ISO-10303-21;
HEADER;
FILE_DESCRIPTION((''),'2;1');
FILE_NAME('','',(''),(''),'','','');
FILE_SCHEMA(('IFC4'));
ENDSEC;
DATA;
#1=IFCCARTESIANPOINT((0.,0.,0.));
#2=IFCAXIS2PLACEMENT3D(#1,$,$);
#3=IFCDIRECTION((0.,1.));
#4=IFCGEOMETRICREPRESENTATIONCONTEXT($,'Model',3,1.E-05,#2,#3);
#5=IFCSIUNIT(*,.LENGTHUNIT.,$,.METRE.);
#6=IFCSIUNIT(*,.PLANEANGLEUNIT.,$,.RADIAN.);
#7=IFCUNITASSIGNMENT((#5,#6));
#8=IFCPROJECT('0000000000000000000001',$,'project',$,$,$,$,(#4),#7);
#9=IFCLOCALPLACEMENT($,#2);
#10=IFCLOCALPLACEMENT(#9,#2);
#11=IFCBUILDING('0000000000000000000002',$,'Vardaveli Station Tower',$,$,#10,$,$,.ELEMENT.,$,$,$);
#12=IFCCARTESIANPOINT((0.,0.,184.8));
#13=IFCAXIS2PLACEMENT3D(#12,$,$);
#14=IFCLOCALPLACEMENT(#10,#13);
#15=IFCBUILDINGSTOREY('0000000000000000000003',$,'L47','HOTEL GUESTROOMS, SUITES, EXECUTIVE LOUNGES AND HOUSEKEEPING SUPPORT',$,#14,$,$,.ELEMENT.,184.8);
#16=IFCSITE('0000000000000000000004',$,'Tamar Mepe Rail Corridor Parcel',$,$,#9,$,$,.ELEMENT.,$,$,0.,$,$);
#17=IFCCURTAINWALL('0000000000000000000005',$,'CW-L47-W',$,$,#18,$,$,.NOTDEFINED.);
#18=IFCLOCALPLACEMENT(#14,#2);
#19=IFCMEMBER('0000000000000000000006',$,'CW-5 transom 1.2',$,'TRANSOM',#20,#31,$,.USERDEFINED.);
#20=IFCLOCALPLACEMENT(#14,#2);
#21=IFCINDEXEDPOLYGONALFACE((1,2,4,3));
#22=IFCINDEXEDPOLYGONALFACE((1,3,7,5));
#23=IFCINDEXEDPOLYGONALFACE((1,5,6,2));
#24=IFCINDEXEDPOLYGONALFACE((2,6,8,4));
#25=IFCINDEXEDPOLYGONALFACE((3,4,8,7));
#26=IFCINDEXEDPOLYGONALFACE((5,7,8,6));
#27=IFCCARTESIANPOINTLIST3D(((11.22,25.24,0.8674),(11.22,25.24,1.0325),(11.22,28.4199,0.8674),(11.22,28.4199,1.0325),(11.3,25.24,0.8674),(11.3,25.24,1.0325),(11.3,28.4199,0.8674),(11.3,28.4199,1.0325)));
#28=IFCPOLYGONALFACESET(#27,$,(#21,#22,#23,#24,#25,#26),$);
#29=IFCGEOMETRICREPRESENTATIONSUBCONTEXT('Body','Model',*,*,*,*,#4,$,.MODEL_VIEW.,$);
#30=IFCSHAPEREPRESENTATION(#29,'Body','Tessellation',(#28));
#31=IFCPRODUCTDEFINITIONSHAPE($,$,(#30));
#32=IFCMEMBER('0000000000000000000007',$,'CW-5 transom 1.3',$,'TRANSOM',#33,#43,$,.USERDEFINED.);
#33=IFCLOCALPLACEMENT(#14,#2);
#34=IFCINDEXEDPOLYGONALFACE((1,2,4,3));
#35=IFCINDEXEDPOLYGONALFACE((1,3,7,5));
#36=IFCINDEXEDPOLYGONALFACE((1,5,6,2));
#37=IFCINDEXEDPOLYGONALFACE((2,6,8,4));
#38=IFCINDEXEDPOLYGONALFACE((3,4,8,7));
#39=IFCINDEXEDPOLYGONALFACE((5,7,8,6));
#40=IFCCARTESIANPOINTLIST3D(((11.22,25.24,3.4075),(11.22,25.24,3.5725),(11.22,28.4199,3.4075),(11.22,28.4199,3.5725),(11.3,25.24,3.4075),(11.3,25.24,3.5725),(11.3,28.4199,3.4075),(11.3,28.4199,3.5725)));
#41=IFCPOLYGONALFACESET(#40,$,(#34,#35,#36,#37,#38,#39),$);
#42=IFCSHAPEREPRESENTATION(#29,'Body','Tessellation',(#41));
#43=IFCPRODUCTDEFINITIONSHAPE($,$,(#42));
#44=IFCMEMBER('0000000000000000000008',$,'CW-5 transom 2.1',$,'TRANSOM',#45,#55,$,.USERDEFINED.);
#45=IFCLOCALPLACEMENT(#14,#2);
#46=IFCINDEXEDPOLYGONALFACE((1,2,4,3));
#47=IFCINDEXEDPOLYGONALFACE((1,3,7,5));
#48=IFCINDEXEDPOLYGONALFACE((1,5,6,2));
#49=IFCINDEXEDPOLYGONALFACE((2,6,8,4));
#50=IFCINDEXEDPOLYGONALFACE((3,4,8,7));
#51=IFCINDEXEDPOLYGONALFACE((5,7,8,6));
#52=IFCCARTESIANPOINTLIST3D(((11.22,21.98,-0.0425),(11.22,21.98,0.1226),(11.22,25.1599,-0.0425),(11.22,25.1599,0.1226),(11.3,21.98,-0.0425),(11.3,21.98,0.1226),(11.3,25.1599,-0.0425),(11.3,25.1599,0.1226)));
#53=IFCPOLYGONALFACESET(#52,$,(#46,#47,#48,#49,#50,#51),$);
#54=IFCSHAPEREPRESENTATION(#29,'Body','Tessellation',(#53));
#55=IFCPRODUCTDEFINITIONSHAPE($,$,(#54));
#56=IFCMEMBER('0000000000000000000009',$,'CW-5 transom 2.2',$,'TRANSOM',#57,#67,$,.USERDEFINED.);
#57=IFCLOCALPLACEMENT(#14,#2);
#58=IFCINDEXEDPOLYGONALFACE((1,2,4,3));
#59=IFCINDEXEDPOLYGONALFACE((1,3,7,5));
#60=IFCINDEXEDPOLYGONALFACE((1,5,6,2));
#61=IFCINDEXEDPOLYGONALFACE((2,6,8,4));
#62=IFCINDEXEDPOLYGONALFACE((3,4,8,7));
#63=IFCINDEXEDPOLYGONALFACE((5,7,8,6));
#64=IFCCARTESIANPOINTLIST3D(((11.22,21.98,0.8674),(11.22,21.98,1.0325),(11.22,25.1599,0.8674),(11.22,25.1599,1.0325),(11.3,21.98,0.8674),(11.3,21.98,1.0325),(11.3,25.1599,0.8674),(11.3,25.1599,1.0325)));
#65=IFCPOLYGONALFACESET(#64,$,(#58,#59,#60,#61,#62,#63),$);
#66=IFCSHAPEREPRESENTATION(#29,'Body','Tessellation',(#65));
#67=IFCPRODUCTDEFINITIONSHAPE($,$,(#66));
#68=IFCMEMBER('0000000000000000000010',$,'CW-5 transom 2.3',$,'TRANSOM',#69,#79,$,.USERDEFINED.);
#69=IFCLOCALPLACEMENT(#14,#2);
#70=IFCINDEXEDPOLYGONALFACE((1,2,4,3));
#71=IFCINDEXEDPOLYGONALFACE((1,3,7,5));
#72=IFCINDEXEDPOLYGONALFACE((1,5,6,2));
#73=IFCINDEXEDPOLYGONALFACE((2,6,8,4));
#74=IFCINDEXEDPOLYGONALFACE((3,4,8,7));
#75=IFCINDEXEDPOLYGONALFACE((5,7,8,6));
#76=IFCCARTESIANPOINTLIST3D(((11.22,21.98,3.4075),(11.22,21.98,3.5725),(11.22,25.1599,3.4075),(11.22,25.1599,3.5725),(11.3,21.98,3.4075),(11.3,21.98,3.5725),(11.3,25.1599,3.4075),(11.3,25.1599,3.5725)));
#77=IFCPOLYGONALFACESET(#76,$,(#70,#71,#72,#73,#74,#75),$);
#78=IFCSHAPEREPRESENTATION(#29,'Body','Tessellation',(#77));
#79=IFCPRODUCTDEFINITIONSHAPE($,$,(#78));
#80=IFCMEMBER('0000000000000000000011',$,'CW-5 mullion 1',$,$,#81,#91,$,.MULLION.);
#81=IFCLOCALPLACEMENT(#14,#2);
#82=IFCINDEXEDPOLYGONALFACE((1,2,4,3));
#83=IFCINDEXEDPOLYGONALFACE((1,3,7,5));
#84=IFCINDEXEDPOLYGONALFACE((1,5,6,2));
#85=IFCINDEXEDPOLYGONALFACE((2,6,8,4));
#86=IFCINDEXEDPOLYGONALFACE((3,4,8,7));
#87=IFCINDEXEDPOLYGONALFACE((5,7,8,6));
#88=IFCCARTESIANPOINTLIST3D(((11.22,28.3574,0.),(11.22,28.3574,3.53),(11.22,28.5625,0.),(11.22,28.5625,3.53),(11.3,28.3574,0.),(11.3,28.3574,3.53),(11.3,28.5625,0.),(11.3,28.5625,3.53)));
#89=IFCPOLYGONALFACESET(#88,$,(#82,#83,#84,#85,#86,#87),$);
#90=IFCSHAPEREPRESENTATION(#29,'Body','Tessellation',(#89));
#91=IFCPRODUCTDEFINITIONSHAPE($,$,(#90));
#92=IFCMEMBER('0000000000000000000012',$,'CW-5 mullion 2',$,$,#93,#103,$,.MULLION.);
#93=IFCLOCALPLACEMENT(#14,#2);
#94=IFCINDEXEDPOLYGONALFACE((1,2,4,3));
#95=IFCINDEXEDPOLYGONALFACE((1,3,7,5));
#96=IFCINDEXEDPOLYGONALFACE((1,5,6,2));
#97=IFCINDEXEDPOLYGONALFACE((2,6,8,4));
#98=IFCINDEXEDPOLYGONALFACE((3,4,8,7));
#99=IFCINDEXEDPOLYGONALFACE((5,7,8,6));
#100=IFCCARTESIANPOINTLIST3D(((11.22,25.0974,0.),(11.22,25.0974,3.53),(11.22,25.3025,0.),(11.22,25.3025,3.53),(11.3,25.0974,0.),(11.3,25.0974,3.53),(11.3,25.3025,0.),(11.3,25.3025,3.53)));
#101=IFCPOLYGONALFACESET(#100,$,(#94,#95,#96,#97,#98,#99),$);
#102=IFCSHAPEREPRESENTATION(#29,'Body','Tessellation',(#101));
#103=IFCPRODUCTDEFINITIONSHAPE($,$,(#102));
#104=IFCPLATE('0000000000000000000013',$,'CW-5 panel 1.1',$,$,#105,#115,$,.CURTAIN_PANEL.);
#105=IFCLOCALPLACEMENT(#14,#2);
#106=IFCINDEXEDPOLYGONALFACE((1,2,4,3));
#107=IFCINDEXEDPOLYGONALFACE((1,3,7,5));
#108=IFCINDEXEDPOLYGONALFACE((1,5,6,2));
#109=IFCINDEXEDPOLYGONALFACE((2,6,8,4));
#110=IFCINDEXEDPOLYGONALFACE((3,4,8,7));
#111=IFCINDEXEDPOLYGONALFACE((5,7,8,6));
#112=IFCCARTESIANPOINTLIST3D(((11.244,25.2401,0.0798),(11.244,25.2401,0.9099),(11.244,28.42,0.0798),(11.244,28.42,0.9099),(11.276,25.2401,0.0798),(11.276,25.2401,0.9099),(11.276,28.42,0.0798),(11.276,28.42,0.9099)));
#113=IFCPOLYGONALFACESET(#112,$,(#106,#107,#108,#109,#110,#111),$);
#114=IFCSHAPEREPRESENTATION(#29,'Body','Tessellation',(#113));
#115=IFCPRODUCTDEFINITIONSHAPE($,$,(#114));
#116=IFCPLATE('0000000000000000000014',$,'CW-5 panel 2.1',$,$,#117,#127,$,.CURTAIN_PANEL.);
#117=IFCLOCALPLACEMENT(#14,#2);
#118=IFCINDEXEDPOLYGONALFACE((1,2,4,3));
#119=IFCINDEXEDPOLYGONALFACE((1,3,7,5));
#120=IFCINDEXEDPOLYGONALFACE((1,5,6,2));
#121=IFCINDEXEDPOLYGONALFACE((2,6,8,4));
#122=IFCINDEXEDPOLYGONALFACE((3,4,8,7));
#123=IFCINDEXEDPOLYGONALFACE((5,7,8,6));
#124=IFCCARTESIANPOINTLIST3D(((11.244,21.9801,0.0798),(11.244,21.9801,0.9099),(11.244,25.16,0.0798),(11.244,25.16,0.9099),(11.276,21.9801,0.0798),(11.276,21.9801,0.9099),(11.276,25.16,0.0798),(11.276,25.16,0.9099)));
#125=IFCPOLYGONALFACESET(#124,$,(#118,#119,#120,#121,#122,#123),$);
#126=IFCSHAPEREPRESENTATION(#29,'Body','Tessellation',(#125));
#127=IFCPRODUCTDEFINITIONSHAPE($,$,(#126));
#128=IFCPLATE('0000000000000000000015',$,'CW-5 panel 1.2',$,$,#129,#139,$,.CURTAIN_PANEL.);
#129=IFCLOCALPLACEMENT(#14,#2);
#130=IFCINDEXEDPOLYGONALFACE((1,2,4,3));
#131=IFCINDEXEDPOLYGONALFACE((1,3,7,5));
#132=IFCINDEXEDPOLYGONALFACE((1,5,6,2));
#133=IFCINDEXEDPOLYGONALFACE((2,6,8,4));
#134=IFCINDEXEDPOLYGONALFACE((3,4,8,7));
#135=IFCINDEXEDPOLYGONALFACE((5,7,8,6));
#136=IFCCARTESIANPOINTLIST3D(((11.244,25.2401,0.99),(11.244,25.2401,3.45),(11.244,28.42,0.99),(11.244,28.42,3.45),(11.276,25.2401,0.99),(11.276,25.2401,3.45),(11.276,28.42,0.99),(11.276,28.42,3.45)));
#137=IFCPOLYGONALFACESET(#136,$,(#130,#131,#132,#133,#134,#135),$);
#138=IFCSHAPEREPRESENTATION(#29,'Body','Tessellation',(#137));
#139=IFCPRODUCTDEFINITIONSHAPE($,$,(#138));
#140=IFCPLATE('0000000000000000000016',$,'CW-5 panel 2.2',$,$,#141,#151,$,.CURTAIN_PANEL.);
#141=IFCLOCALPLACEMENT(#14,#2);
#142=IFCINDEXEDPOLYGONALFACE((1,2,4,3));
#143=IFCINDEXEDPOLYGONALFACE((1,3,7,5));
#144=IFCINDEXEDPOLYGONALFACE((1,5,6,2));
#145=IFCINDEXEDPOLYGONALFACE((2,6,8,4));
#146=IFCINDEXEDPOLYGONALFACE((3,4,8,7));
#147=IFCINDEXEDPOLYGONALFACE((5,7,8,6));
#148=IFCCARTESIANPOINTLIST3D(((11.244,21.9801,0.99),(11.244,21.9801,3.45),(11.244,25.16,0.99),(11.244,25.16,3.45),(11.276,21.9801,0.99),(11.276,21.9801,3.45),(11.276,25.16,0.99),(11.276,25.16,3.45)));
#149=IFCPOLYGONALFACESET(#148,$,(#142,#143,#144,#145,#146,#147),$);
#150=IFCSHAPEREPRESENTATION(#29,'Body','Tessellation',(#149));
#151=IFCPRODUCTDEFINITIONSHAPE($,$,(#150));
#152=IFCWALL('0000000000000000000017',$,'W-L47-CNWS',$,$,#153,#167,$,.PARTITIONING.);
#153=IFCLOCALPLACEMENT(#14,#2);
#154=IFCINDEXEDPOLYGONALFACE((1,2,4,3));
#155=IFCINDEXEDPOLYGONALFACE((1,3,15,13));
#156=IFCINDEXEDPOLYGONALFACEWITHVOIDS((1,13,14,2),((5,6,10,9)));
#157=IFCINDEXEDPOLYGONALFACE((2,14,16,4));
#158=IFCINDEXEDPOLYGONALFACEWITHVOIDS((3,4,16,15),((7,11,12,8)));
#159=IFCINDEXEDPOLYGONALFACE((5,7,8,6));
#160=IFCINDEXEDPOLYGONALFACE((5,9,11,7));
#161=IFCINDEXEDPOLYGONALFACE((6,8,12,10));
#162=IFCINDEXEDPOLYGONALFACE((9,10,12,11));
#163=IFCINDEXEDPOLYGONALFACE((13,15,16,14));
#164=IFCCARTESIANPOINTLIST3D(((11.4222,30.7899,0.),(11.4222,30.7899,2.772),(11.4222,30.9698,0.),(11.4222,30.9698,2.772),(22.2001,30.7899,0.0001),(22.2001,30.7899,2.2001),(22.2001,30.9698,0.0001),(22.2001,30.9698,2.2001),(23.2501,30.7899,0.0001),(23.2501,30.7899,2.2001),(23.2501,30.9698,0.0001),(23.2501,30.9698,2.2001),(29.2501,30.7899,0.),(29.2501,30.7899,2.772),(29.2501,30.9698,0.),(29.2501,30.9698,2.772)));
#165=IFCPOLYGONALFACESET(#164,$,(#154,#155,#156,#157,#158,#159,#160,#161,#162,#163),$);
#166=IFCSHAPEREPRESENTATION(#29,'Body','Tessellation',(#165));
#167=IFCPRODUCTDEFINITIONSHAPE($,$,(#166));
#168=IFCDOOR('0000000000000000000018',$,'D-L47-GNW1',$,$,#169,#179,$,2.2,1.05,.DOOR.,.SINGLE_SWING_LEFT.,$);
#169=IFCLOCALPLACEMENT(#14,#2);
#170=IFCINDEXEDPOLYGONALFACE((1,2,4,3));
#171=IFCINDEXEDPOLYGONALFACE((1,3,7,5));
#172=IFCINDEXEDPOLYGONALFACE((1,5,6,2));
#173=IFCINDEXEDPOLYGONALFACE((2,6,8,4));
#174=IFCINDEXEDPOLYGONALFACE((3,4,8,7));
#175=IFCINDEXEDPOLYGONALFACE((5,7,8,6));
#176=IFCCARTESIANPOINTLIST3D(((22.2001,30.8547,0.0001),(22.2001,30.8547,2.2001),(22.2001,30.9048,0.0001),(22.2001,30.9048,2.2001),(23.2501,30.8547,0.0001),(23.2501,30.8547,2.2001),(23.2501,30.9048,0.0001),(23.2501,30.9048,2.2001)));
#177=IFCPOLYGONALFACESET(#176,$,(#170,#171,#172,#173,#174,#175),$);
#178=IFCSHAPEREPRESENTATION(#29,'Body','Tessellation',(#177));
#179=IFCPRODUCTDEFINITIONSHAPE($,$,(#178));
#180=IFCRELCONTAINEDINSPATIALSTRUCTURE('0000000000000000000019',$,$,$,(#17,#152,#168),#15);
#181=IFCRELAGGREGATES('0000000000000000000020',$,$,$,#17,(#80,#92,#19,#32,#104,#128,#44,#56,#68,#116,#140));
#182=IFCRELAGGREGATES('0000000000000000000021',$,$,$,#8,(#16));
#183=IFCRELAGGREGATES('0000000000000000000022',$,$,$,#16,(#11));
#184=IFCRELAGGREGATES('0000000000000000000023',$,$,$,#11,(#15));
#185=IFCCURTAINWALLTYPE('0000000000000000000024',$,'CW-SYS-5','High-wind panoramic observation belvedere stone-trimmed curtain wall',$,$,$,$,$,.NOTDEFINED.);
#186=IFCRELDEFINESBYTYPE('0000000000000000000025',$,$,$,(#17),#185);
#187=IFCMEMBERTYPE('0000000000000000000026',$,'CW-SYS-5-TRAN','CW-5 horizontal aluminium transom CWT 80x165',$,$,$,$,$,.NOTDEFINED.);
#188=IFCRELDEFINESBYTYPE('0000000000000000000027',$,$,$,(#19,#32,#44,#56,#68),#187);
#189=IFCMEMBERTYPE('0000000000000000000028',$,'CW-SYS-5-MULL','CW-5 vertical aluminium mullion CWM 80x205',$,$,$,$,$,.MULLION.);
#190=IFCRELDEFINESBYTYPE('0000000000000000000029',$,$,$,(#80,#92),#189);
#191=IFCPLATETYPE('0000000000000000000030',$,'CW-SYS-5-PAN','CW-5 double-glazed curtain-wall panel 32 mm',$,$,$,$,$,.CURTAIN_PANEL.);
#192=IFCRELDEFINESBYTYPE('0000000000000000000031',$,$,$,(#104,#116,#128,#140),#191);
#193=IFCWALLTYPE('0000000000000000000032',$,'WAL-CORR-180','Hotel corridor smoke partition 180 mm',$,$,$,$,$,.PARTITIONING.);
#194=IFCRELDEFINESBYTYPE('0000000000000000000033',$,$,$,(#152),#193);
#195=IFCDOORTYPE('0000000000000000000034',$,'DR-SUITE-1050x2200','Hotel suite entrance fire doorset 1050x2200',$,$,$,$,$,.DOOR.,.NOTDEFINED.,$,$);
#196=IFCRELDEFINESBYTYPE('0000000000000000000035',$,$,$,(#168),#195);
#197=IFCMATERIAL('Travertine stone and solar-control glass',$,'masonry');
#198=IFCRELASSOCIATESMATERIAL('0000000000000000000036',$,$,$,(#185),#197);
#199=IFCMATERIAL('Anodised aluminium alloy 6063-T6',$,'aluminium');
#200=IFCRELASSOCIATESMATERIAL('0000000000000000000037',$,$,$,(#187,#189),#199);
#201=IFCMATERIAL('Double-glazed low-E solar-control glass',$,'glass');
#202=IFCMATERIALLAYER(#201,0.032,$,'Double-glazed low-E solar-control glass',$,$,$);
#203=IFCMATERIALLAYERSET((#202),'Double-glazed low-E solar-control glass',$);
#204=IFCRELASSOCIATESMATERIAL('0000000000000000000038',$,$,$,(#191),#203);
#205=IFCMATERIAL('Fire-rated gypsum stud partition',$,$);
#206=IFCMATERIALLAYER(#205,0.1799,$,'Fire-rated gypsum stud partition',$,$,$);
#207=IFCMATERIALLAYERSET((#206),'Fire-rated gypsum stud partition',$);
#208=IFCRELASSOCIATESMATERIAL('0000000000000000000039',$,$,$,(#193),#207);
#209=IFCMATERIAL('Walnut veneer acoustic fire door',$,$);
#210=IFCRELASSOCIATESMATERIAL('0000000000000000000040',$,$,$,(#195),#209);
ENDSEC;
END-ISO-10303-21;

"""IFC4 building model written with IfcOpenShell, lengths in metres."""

from ifc_helpers import new_model, si_unit, direction, frame, frame_2d, origin, origin_2d, place, context, subcontext, project, spatial, rectangle, extrude, source, transform, mapped, material, layer, layer_set, material_profile, profile_set, type_object, element, fill, aggregate, save


model = new_model("IFC4")

# Units and contexts
model_context = context("Model", 3, precision=1e-05, world=origin(), true_north=direction((0.0, 1.0)))
body_context = subcontext(model_context, "Body", "Model", "MODEL_VIEW")
ifc_project = project(units=[si_unit("LENGTHUNIT", "METRE"), si_unit("PLANEANGLEUNIT", "RADIAN")], contexts=[model_context])

# Site, building, storey
site_placement = place(None, origin())
site = spatial("IfcSite", under=ifc_project, at=site_placement, Name="Tamar Mepe Rail Corridor Parcel", CompositionType="ELEMENT", RefElevation=0.0)
building_placement = place(site_placement, origin())
building = spatial("IfcBuilding", under=site, at=building_placement, Name="Vardaveli Station Tower", CompositionType="ELEMENT")
storey_placement = place(building_placement, frame((0.0, 0.0, 184.8)))
storey = spatial("IfcBuildingStorey", under=building, at=storey_placement, Name="L47", Description="HOTEL GUESTROOMS, SUITES, EXECUTIVE LOUNGES AND HOUSEKEEPING SUPPORT", CompositionType="ELEMENT", Elevation=184.8)

# Curtain wall, members, plates
ifc_material_1 = material(Name="Travertine stone and solar-control glass", Category="masonry")
curtain_wall_type = type_object("IfcCurtainWallType", Name="CW-SYS-5", Description="High-wind panoramic observation belvedere stone-trimmed curtain wall", PredefinedType="NOTDEFINED", material=ifc_material_1)
curtain_wall_placement = place(storey_placement, origin())
curtain_wall = element("IfcCurtainWall", 1, at=curtain_wall_placement, inside=storey, type_object=curtain_wall_type, Name="CW-L47-W", PredefinedType="NOTDEFINED")
ifc_material_2 = material(Name="Anodised aluminium alloy 6063-T6", Category="aluminium")
ifc_material_profile_1 = material_profile(ifc_material_2, rectangle(XDim=0.0801, YDim=0.165, at=origin_2d()), Name="CWT 80x165")
ifc_profile_set_1 = profile_set([ifc_material_profile_1], Name="Anodised aluminium alloy 6063-T6")
member_type_1 = type_object("IfcMemberType", Name="CW-SYS-5-TRAN", Description="CW-5 horizontal aluminium transom CWT 80x165", PredefinedType="NOTDEFINED", material=ifc_profile_set_1)
shared_shape_1 = source(origin(), body_context, "Body", "SweptSolid", [
    extrude(rectangle(XDim=0.0801, YDim=0.165, at=origin_2d()), origin(), (0.0, 0.0, 1.0), 3.1799),
])
member_1_placement = place(storey_placement, frame((11.26, 28.4199, 0.95), z_axis=(0.0, -1.0, 0.0), x_axis=(1.0, 0.0, 0.0)))
member_1 = element("IfcMember", 2, at=member_1_placement, type_object=member_type_1, Name="CW-5 transom 1.2", ObjectType="TRANSOM", PredefinedType="USERDEFINED", context=body_context, shape_type="MappedRepresentation", body=[
    mapped(shared_shape_1, transform((0.0, 0.0, 0.0), scale=1.0)),
])
member_2_placement = place(storey_placement, frame((11.26, 28.4199, 3.49), z_axis=(0.0, -1.0, 0.0), x_axis=(1.0, 0.0, 0.0)))
member_2 = element("IfcMember", 3, at=member_2_placement, type_object=member_type_1, Name="CW-5 transom 1.3", ObjectType="TRANSOM", PredefinedType="USERDEFINED", context=body_context, shape_type="MappedRepresentation", body=[
    mapped(shared_shape_1, transform((0.0, 0.0, 0.0), scale=1.0)),
])
member_3_placement = place(storey_placement, frame((11.26, 25.1599, 0.04), z_axis=(0.0, -1.0, 0.0), x_axis=(1.0, 0.0, 0.0)))
member_3 = element("IfcMember", 4, at=member_3_placement, type_object=member_type_1, Name="CW-5 transom 2.1", ObjectType="TRANSOM", PredefinedType="USERDEFINED", context=body_context, shape_type="MappedRepresentation", body=[
    mapped(shared_shape_1, transform((0.0, 0.0, 0.0), scale=1.0)),
])
member_4_placement = place(storey_placement, frame((11.26, 25.1599, 0.95), z_axis=(0.0, -1.0, 0.0), x_axis=(1.0, 0.0, 0.0)))
member_4 = element("IfcMember", 5, at=member_4_placement, type_object=member_type_1, Name="CW-5 transom 2.2", ObjectType="TRANSOM", PredefinedType="USERDEFINED", context=body_context, shape_type="MappedRepresentation", body=[
    mapped(shared_shape_1, transform((0.0, 0.0, 0.0), scale=1.0)),
])
member_5_placement = place(storey_placement, frame((11.26, 25.1599, 3.49), z_axis=(0.0, -1.0, 0.0), x_axis=(1.0, 0.0, 0.0)))
member_5 = element("IfcMember", 6, at=member_5_placement, type_object=member_type_1, Name="CW-5 transom 2.3", ObjectType="TRANSOM", PredefinedType="USERDEFINED", context=body_context, shape_type="MappedRepresentation", body=[
    mapped(shared_shape_1, transform((0.0, 0.0, 0.0), scale=1.0)),
])
ifc_material_profile_2 = material_profile(ifc_material_2, rectangle(XDim=0.0801, YDim=0.2051, at=origin_2d()), Name="CWM 80x205")
ifc_profile_set_2 = profile_set([ifc_material_profile_2], Name="Anodised aluminium alloy 6063-T6")
member_type_2 = type_object("IfcMemberType", Name="CW-SYS-5-MULL", Description="CW-5 vertical aluminium mullion CWM 80x205", PredefinedType="MULLION", material=ifc_profile_set_2)
shared_shape_2 = source(origin(), body_context, "Body", "SweptSolid", [
    extrude(rectangle(XDim=0.0801, YDim=0.2051, at=origin_2d()), origin(), (0.0, 0.0, 1.0), 3.53),
])
member_6_placement = place(storey_placement, frame((11.26, 28.46, 0.0), z_axis=(0.0, 0.0, 1.0), x_axis=(1.0, 0.0, 0.0)))
member_6 = element("IfcMember", 7, at=member_6_placement, type_object=member_type_2, Name="CW-5 mullion 1", PredefinedType="MULLION", context=body_context, shape_type="MappedRepresentation", body=[
    mapped(shared_shape_2, transform((0.0, 0.0, 0.0), scale=1.0)),
])
member_7_placement = place(storey_placement, frame((11.26, 25.2, 0.0), z_axis=(0.0, 0.0, 1.0), x_axis=(1.0, 0.0, 0.0)))
member_7 = element("IfcMember", 8, at=member_7_placement, type_object=member_type_2, Name="CW-5 mullion 2", PredefinedType="MULLION", context=body_context, shape_type="MappedRepresentation", body=[
    mapped(shared_shape_2, transform((0.0, 0.0, 0.0), scale=1.0)),
])
ifc_material_3 = material(Name="Double-glazed low-E solar-control glass", Category="glass")
ifc_layer_1 = layer(ifc_material_3, 0.032, Name="Double-glazed low-E solar-control glass")
ifc_layer_set_1 = layer_set([ifc_layer_1], Name="Double-glazed low-E solar-control glass")
plate_type = type_object("IfcPlateType", Name="CW-SYS-5-PAN", Description="CW-5 double-glazed curtain-wall panel 32 mm", PredefinedType="CURTAIN_PANEL", material=ifc_layer_set_1)
shared_shape_3 = source(origin(), body_context, "Body", "SweptSolid", [
    extrude(rectangle(XDim=3.1799, YDim=0.032, at=origin_2d()), origin(), (0.0, 0.0, 1.0), 0.8301),
])
plate_1_placement = place(storey_placement, frame((11.26, 26.8301, 0.0798), z_axis=(0.0, 0.0, 1.0), x_axis=(0.0, -1.0, 0.0)))
plate_1 = element("IfcPlate", 9, at=plate_1_placement, type_object=plate_type, Name="CW-5 panel 1.1", PredefinedType="CURTAIN_PANEL", context=body_context, shape_type="MappedRepresentation", body=[
    mapped(shared_shape_3, transform((0.0, 0.0, 0.0), scale=1.0)),
])
plate_2_placement = place(storey_placement, frame((11.26, 23.5701, 0.0798), z_axis=(0.0, 0.0, 1.0), x_axis=(0.0, -1.0, 0.0)))
plate_2 = element("IfcPlate", 10, at=plate_2_placement, type_object=plate_type, Name="CW-5 panel 2.1", PredefinedType="CURTAIN_PANEL", context=body_context, shape_type="MappedRepresentation", body=[
    mapped(shared_shape_3, transform((0.0, 0.0, 0.0), scale=1.0)),
])
shared_shape_4 = source(origin(), body_context, "Body", "SweptSolid", [
    extrude(rectangle(XDim=3.1799, YDim=0.032, at=origin_2d()), origin(), (0.0, 0.0, 1.0), 2.46),
])
plate_3_placement = place(storey_placement, frame((11.26, 26.8301, 0.99), z_axis=(0.0, 0.0, 1.0), x_axis=(0.0, -1.0, 0.0)))
plate_3 = element("IfcPlate", 11, at=plate_3_placement, type_object=plate_type, Name="CW-5 panel 1.2", PredefinedType="CURTAIN_PANEL", context=body_context, shape_type="MappedRepresentation", body=[
    mapped(shared_shape_4, transform((0.0, 0.0, 0.0), scale=1.0)),
])
plate_4_placement = place(storey_placement, frame((11.26, 23.5701, 0.99), z_axis=(0.0, 0.0, 1.0), x_axis=(0.0, -1.0, 0.0)))
plate_4 = element("IfcPlate", 12, at=plate_4_placement, type_object=plate_type, Name="CW-5 panel 2.2", PredefinedType="CURTAIN_PANEL", context=body_context, shape_type="MappedRepresentation", body=[
    mapped(shared_shape_4, transform((0.0, 0.0, 0.0), scale=1.0)),
])
aggregate(curtain_wall, [member_6, member_7, member_1, member_2, plate_1, plate_3, member_3, member_4, member_5, plate_2, plate_4])

# Wall, opening, door
ifc_material_4 = material(Name="Fire-rated gypsum stud partition")
ifc_layer_2 = layer(ifc_material_4, 0.1799, Name="Fire-rated gypsum stud partition")
ifc_layer_set_2 = layer_set([ifc_layer_2], Name="Fire-rated gypsum stud partition")
wall_type_1 = type_object("IfcWallType", Name="WAL-CORR-180", Description="Hotel corridor smoke partition 180 mm", PredefinedType="PARTITIONING", material=ifc_layer_set_2)
shared_shape_5 = source(origin(), body_context, "Body", "SweptSolid", [
    extrude(rectangle(XDim=17.8279, YDim=0.1799, at=frame_2d((8.9141, 0.0))), origin(), (0.0, 0.0, 1.0), 2.772),
])
wall_1_placement = place(storey_placement, frame((11.4221, 30.8799, 0.0), z_axis=(0.0, 0.0, 1.0), x_axis=(1.0, 0.0, 0.0)))
wall_1 = element("IfcWall", 13, at=wall_1_placement, inside=storey, type_object=wall_type_1, Name="W-L47-CNWS", PredefinedType="PARTITIONING", context=body_context, shape_type="MappedRepresentation", body=[
    mapped(shared_shape_5, transform((0.0, 0.0, 0.0), scale=1.0)),
])
shared_shape_6 = source(origin(), body_context, "Body", "SweptSolid", [
    extrude(rectangle(XDim=1.05, YDim=2.2, at=frame_2d((0.5249, 1.1001))), frame((0.0, 0.1001, 0.0), z_axis=(0.0, -1.0, 0.0), x_axis=(1.0, 0.0, 0.0)), (0.0, 0.0, 1.0), 0.2),
])
opening_placement = place(wall_1_placement, frame((10.7781, 0.0, 0.0)))
opening = element("IfcOpeningElement", 14, at=opening_placement, cuts=wall_1, PredefinedType="OPENING", context=body_context, shape_type="MappedRepresentation", body=[
    mapped(shared_shape_6, transform((0.0, 0.0, 0.0), scale=1.0)),
])
ifc_material_5 = material(Name="Walnut veneer acoustic fire door")
door_type = type_object("IfcDoorType", Name="DR-SUITE-1050x2200", Description="Hotel suite entrance fire doorset 1050x2200", OperationType="NOTDEFINED", PredefinedType="DOOR", material=ifc_material_5)
shared_shape_7 = source(origin(), body_context, "Body", "SweptSolid", [
    extrude(rectangle(XDim=1.05, YDim=2.2, at=frame_2d((0.5249, 1.1001))), frame((0.0, 0.0249, 0.0), z_axis=(0.0, -1.0, 0.0), x_axis=(1.0, 0.0, 0.0)), (0.0, 0.0, 1.0), 0.05),
])
door_placement = place(opening_placement, origin())
door = element("IfcDoor", 15, at=door_placement, inside=storey, type_object=door_type, Name="D-L47-GNW1", OperationType="SINGLE_SWING_LEFT", OverallHeight=2.2, OverallWidth=1.05, PredefinedType="DOOR", context=body_context, shape_type="MappedRepresentation", body=[
    mapped(shared_shape_7, transform((0.0, 0.0, 0.0), scale=1.0)),
])
fill(opening, door)

save(model, "model.ifc")
